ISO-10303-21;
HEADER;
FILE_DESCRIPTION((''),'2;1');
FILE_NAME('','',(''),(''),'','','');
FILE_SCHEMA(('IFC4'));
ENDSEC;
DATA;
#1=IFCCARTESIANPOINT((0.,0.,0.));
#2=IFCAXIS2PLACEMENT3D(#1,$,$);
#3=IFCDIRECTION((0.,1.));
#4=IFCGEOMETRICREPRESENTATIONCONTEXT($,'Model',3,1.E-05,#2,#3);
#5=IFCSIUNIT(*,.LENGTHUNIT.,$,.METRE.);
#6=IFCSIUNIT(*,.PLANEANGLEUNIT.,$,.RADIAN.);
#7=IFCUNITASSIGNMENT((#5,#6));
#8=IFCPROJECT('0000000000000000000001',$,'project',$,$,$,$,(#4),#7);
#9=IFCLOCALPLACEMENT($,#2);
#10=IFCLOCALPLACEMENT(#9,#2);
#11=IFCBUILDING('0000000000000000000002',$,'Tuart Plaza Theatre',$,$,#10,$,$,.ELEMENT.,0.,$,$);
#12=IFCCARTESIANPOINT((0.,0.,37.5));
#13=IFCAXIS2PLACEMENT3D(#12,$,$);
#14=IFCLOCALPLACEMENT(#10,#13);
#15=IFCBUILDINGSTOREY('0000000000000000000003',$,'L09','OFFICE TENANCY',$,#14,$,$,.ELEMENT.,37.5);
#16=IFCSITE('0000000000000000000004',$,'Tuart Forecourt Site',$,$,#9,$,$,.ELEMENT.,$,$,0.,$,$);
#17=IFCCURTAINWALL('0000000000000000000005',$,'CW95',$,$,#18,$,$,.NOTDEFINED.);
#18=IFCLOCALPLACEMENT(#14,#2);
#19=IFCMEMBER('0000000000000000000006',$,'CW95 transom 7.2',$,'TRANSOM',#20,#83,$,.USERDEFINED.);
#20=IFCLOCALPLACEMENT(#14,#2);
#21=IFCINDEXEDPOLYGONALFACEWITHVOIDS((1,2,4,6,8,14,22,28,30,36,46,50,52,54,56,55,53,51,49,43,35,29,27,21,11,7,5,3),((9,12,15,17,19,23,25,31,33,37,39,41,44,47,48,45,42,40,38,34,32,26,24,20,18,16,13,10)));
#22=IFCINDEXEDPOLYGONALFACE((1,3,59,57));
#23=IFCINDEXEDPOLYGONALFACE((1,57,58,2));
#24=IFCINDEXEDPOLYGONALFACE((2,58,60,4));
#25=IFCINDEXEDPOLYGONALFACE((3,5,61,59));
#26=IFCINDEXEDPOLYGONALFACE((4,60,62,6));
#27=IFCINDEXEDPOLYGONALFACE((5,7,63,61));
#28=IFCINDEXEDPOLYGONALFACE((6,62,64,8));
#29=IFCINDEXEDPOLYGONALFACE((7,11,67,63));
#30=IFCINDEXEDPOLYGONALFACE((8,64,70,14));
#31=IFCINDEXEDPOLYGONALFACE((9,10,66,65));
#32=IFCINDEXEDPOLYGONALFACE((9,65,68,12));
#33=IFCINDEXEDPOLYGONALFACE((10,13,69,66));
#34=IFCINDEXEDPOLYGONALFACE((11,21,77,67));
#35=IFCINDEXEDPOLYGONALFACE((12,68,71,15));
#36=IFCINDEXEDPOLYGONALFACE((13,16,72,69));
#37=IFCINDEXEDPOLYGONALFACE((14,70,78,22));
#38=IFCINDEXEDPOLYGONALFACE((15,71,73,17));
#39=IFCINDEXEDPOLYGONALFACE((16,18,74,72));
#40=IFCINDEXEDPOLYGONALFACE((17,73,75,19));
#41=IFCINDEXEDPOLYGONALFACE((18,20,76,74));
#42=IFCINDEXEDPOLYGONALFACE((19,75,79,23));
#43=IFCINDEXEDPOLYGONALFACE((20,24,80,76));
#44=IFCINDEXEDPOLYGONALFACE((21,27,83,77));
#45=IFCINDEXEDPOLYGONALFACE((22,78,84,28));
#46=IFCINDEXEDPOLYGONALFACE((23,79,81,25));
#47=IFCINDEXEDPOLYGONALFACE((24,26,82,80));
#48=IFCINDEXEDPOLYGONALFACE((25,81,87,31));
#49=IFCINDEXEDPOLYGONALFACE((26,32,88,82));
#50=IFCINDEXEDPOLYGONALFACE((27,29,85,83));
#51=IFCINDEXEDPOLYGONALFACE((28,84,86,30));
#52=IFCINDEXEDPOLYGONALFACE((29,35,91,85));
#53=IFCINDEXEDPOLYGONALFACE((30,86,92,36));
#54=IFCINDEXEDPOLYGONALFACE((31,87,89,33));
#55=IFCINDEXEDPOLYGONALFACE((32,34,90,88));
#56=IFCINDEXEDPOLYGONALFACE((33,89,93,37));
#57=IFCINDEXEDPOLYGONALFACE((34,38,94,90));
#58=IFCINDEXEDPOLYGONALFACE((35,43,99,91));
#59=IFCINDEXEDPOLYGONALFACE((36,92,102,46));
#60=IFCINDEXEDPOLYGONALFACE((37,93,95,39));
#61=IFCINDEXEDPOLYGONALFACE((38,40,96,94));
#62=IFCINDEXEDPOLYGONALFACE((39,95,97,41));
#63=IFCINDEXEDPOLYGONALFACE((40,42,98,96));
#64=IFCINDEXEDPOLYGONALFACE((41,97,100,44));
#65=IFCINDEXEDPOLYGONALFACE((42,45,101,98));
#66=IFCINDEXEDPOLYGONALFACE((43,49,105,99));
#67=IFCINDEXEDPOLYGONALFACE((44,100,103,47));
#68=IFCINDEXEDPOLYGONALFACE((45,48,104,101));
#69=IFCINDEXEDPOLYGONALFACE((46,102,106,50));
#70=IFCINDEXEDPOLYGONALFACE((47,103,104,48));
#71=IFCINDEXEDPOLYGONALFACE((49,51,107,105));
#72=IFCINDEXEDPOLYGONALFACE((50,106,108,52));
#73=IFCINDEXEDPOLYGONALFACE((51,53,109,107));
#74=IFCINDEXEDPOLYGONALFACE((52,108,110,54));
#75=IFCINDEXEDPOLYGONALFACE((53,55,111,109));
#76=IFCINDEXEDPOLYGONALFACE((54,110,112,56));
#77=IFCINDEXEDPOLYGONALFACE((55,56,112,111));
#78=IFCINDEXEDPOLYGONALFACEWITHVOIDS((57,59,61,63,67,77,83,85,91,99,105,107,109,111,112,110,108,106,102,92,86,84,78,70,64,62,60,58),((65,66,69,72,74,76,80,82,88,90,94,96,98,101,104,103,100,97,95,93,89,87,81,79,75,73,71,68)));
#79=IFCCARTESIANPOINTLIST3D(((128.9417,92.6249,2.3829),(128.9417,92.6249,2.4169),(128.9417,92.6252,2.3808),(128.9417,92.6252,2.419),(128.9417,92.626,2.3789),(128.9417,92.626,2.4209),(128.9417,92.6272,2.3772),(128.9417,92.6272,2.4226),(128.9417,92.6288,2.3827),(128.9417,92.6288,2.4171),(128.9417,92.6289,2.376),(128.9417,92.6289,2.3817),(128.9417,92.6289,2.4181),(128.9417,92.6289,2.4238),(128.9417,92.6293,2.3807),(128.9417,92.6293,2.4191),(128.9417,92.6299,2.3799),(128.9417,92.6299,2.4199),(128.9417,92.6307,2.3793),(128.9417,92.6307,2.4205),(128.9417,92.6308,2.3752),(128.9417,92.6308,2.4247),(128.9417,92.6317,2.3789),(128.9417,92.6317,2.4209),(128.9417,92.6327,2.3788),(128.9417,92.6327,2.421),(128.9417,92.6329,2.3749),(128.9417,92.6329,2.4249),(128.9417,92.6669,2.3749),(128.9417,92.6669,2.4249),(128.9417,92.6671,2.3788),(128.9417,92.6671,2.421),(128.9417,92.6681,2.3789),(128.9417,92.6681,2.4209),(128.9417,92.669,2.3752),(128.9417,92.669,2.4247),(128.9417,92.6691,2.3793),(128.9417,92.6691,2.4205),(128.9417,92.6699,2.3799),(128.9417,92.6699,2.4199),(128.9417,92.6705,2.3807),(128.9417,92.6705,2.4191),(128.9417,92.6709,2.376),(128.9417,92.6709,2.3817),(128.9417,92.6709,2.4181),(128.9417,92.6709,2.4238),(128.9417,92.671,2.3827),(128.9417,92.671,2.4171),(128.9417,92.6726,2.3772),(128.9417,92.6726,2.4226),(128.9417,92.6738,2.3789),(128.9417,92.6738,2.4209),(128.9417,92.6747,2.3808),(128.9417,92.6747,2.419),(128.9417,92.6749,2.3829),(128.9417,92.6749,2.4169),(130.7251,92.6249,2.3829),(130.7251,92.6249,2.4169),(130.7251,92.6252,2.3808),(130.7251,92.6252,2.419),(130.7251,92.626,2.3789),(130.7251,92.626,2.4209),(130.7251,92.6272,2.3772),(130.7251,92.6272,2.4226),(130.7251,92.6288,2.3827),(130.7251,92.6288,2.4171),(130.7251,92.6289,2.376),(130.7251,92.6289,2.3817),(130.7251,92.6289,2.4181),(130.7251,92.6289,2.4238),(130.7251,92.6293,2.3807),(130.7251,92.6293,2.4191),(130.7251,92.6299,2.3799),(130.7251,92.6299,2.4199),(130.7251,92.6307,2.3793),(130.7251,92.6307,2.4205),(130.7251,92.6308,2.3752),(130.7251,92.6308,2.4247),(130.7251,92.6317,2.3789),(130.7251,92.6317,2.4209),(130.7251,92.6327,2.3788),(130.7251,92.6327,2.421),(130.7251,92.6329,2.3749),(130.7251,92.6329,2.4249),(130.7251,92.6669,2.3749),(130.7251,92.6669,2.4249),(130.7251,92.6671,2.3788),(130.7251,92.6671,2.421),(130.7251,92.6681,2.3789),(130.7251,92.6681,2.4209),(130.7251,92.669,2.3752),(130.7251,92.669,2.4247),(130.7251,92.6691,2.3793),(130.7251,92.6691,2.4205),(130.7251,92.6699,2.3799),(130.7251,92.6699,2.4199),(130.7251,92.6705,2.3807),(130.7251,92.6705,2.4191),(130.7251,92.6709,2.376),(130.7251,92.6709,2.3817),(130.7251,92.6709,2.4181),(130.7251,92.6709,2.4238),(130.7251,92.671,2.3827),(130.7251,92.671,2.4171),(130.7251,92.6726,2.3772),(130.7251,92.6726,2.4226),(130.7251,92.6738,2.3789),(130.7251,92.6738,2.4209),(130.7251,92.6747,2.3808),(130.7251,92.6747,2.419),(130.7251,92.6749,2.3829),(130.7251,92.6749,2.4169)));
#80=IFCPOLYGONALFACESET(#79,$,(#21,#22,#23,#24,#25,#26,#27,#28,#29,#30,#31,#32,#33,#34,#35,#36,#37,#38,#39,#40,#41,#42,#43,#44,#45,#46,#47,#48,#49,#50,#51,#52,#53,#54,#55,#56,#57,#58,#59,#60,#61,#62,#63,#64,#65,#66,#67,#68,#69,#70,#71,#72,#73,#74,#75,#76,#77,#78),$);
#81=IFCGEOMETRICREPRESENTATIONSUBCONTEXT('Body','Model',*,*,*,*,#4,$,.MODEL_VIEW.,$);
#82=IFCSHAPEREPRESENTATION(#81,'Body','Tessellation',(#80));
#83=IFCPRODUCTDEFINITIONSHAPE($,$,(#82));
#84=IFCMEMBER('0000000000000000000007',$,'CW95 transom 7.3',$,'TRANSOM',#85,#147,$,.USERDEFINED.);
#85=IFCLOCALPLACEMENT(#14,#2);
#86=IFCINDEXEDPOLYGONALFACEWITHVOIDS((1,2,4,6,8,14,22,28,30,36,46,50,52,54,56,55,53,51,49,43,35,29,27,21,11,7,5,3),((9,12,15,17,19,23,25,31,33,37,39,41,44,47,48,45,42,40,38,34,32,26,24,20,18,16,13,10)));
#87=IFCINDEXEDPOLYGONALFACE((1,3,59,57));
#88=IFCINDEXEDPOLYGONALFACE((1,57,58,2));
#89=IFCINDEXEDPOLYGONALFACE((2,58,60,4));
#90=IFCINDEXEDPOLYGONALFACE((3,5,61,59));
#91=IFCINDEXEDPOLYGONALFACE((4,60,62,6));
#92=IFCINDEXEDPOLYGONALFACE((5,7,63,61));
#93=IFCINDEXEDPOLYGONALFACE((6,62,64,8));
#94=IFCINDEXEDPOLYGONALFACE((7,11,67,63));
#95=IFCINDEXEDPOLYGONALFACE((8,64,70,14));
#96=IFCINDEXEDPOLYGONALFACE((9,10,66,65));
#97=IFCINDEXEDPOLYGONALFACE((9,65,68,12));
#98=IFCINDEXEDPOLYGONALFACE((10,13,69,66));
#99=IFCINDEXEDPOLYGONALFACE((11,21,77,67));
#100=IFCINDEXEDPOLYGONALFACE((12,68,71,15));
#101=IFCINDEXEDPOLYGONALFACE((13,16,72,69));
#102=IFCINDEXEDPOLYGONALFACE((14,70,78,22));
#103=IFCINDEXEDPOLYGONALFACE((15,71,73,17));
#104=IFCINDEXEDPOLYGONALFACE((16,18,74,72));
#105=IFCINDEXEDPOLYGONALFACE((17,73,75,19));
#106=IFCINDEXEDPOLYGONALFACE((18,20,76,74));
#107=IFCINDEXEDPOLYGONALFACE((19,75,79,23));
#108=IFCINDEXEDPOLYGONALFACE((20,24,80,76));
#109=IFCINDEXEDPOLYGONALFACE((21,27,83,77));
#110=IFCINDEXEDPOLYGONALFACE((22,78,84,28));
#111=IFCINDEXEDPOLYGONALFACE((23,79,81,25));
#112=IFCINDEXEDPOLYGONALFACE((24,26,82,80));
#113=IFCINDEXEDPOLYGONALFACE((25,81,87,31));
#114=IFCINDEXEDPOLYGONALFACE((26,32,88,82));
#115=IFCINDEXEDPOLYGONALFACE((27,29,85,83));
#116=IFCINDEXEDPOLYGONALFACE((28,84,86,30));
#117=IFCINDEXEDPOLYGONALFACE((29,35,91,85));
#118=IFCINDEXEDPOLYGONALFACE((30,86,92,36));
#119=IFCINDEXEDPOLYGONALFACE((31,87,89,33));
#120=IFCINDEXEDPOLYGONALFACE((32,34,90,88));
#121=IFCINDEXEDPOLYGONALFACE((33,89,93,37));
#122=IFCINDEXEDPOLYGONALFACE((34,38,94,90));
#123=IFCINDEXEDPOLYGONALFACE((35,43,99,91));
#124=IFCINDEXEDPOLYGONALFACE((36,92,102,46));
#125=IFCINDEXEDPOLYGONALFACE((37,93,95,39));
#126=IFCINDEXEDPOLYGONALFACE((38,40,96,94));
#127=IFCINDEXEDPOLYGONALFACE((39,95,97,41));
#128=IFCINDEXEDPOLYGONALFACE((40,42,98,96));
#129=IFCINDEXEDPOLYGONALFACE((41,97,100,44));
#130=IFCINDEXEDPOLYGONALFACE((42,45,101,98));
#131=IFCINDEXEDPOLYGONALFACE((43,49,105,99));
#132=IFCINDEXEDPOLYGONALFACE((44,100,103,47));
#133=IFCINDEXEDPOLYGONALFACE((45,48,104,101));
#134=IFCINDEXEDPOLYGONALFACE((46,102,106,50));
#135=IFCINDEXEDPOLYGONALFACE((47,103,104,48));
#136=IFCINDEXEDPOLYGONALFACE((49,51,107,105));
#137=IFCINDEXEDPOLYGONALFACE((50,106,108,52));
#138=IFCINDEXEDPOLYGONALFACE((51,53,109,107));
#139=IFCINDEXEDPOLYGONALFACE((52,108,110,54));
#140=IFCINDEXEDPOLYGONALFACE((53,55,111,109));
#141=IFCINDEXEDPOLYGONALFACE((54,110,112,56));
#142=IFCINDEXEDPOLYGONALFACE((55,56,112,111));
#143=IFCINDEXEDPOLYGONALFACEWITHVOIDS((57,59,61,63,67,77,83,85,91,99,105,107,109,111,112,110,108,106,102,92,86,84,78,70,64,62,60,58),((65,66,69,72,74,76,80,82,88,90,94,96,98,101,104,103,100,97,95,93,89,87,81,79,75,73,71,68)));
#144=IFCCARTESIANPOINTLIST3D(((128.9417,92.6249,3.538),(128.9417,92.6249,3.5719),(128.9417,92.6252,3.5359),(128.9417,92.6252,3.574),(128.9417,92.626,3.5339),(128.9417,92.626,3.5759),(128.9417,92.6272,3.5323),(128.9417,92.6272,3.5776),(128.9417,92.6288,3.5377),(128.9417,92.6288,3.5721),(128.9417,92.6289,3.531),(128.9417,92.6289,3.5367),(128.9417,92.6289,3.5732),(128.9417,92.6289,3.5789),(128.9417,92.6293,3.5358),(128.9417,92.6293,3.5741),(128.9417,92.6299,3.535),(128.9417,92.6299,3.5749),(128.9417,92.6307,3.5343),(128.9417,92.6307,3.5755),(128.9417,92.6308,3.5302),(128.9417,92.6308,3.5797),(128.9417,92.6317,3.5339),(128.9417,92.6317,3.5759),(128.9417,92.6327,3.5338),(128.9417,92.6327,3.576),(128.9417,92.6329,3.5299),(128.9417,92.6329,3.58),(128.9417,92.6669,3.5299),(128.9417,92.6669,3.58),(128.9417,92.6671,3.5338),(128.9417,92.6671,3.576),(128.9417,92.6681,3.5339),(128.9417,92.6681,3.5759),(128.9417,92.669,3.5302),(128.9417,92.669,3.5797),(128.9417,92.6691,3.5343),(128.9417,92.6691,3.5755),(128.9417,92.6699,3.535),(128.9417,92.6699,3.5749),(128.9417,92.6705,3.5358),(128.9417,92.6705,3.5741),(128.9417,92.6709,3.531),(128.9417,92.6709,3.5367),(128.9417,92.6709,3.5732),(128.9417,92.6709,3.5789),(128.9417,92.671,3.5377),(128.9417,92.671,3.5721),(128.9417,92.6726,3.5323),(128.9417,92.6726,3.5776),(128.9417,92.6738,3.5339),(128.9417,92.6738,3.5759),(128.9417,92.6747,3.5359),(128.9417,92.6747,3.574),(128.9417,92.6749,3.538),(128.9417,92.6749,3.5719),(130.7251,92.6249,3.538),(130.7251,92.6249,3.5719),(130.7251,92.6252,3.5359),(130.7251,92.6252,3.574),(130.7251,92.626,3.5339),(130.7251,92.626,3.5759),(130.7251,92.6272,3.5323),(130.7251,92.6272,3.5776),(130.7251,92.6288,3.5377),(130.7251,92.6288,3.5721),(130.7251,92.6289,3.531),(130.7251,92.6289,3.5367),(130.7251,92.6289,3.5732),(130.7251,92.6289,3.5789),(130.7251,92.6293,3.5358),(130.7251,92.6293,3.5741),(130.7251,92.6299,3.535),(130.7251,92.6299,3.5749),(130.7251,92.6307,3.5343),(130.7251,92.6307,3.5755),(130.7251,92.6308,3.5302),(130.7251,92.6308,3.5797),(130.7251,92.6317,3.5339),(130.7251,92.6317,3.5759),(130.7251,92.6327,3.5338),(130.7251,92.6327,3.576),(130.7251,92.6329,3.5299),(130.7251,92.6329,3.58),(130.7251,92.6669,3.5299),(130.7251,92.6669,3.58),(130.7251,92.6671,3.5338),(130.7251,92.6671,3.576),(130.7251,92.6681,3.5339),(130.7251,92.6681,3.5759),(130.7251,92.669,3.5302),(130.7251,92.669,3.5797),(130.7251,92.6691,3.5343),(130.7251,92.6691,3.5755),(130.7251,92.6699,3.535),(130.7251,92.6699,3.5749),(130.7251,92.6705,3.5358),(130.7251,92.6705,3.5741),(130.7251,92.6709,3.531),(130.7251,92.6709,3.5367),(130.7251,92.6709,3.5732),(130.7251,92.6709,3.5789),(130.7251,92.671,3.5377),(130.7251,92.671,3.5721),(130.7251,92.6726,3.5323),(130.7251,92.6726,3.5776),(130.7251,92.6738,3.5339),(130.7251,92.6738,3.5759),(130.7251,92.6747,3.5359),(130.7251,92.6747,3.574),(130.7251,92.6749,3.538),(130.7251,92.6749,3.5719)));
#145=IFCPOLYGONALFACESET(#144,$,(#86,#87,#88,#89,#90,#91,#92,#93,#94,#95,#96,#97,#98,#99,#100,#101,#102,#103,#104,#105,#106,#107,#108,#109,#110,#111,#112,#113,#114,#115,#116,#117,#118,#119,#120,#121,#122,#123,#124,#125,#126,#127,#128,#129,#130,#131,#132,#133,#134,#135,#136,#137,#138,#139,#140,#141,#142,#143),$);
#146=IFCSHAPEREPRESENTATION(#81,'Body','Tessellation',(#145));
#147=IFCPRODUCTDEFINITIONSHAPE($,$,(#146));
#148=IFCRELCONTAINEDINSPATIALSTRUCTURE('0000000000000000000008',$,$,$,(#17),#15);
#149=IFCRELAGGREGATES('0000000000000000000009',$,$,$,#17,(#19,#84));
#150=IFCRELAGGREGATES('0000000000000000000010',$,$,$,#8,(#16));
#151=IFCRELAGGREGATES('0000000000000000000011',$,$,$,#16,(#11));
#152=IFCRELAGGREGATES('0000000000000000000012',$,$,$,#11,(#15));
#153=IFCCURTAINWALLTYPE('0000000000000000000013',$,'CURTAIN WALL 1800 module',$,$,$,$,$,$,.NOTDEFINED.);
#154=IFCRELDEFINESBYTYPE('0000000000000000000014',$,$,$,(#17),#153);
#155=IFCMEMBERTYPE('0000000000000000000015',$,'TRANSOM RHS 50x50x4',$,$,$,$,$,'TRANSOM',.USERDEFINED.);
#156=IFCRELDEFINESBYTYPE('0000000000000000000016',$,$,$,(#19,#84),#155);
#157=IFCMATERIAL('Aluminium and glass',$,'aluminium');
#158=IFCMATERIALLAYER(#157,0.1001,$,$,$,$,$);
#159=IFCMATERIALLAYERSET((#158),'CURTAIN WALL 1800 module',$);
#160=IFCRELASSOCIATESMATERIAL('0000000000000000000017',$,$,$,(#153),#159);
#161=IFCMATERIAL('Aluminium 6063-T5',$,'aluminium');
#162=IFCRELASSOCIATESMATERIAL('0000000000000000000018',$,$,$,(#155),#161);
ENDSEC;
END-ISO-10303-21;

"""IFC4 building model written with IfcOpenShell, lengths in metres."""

from ifc_helpers import new_model, si_unit, direction, frame, origin, origin_2d, place, context, subcontext, project, spatial, hollow_rectangle, extrude, material, layer, layer_set, material_profile, profile_set, type_object, element, aggregate, save


model = new_model("IFC4")

# Units and contexts
model_context = context("Model", 3, precision=1e-05, world=origin(), true_north=direction((0.0, 1.0)))
body_context = subcontext(model_context, "Body", "Model", "MODEL_VIEW")
ifc_project = project(units=[si_unit("LENGTHUNIT", "METRE"), si_unit("PLANEANGLEUNIT", "RADIAN")], contexts=[model_context])

# Site, building, storey
site_placement = place(None, origin())
site = spatial("IfcSite", under=ifc_project, at=site_placement, Name="Tuart Forecourt Site", CompositionType="ELEMENT", RefElevation=0.0)
building_placement = place(site_placement, origin())
building = spatial("IfcBuilding", under=site, at=building_placement, Name="Tuart Plaza Theatre", CompositionType="ELEMENT", ElevationOfRefHeight=0.0)
storey_placement = place(building_placement, frame((0.0, 0.0, 37.5)))
storey = spatial("IfcBuildingStorey", under=building, at=storey_placement, Name="L09", Description="OFFICE TENANCY", CompositionType="ELEMENT", Elevation=37.5)

# Curtain wall, members
ifc_material_1 = material(Name="Aluminium and glass", Category="aluminium")
ifc_layer_1 = layer(ifc_material_1, 0.1001)
ifc_layer_set_1 = layer_set([ifc_layer_1], Name="CURTAIN WALL 1800 module")
curtain_wall_type = type_object("IfcCurtainWallType", Name="CURTAIN WALL 1800 module", PredefinedType="NOTDEFINED", material=ifc_layer_set_1)
curtain_wall_placement = place(storey_placement, origin())
curtain_wall = element("IfcCurtainWall", 1, at=curtain_wall_placement, inside=storey, type_object=curtain_wall_type, Name="CW95", PredefinedType="NOTDEFINED")
ifc_material_2 = material(Name="Aluminium 6063-T5", Category="aluminium")
ifc_material_profile_1 = material_profile(ifc_material_2, hollow_rectangle(XDim=0.05, YDim=0.05, WallThickness=0.0039, InnerFilletRadius=0.0039, OuterFilletRadius=0.0081, at=origin_2d()), Name="RHS 50x50x4")
ifc_profile_set_1 = profile_set([ifc_material_profile_1], Name="Aluminium 6063-T5")
member_type_1 = type_object("IfcMemberType", Name="TRANSOM RHS 50x50x4", ElementType="TRANSOM", PredefinedType="USERDEFINED", material=ifc_profile_set_1)
member_1_placement = place(storey_placement, frame((130.7251, 92.6499, 2.3999), z_axis=(-1.0, 0.0, 0.0), x_axis=(0.0, -1.0, 0.0)))
member_1 = element("IfcMember", 2, at=member_1_placement, type_object=member_type_1, Name="CW95 transom 7.2", ObjectType="TRANSOM", PredefinedType="USERDEFINED", context=body_context, shape_type="SweptSolid", body=[
    extrude(hollow_rectangle(XDim=0.05, YDim=0.05, WallThickness=0.0039, InnerFilletRadius=0.0039, OuterFilletRadius=0.0081, at=origin_2d()), origin(), (0.0, 0.0, 1.0), 1.7834),
])
member_2_placement = place(storey_placement, frame((130.7251, 92.6499, 3.5549), z_axis=(-1.0, 0.0, 0.0), x_axis=(0.0, -1.0, 0.0)))
member_2 = element("IfcMember", 3, at=member_2_placement, type_object=member_type_1, Name="CW95 transom 7.3", ObjectType="TRANSOM", PredefinedType="USERDEFINED", context=body_context, shape_type="SweptSolid", body=[
    extrude(hollow_rectangle(XDim=0.05, YDim=0.05, WallThickness=0.0039, InnerFilletRadius=0.0039, OuterFilletRadius=0.0081, at=origin_2d()), origin(), (0.0, 0.0, 1.0), 1.7834),
])
aggregate(curtain_wall, [member_1, member_2])

save(model, "model.ifc")
